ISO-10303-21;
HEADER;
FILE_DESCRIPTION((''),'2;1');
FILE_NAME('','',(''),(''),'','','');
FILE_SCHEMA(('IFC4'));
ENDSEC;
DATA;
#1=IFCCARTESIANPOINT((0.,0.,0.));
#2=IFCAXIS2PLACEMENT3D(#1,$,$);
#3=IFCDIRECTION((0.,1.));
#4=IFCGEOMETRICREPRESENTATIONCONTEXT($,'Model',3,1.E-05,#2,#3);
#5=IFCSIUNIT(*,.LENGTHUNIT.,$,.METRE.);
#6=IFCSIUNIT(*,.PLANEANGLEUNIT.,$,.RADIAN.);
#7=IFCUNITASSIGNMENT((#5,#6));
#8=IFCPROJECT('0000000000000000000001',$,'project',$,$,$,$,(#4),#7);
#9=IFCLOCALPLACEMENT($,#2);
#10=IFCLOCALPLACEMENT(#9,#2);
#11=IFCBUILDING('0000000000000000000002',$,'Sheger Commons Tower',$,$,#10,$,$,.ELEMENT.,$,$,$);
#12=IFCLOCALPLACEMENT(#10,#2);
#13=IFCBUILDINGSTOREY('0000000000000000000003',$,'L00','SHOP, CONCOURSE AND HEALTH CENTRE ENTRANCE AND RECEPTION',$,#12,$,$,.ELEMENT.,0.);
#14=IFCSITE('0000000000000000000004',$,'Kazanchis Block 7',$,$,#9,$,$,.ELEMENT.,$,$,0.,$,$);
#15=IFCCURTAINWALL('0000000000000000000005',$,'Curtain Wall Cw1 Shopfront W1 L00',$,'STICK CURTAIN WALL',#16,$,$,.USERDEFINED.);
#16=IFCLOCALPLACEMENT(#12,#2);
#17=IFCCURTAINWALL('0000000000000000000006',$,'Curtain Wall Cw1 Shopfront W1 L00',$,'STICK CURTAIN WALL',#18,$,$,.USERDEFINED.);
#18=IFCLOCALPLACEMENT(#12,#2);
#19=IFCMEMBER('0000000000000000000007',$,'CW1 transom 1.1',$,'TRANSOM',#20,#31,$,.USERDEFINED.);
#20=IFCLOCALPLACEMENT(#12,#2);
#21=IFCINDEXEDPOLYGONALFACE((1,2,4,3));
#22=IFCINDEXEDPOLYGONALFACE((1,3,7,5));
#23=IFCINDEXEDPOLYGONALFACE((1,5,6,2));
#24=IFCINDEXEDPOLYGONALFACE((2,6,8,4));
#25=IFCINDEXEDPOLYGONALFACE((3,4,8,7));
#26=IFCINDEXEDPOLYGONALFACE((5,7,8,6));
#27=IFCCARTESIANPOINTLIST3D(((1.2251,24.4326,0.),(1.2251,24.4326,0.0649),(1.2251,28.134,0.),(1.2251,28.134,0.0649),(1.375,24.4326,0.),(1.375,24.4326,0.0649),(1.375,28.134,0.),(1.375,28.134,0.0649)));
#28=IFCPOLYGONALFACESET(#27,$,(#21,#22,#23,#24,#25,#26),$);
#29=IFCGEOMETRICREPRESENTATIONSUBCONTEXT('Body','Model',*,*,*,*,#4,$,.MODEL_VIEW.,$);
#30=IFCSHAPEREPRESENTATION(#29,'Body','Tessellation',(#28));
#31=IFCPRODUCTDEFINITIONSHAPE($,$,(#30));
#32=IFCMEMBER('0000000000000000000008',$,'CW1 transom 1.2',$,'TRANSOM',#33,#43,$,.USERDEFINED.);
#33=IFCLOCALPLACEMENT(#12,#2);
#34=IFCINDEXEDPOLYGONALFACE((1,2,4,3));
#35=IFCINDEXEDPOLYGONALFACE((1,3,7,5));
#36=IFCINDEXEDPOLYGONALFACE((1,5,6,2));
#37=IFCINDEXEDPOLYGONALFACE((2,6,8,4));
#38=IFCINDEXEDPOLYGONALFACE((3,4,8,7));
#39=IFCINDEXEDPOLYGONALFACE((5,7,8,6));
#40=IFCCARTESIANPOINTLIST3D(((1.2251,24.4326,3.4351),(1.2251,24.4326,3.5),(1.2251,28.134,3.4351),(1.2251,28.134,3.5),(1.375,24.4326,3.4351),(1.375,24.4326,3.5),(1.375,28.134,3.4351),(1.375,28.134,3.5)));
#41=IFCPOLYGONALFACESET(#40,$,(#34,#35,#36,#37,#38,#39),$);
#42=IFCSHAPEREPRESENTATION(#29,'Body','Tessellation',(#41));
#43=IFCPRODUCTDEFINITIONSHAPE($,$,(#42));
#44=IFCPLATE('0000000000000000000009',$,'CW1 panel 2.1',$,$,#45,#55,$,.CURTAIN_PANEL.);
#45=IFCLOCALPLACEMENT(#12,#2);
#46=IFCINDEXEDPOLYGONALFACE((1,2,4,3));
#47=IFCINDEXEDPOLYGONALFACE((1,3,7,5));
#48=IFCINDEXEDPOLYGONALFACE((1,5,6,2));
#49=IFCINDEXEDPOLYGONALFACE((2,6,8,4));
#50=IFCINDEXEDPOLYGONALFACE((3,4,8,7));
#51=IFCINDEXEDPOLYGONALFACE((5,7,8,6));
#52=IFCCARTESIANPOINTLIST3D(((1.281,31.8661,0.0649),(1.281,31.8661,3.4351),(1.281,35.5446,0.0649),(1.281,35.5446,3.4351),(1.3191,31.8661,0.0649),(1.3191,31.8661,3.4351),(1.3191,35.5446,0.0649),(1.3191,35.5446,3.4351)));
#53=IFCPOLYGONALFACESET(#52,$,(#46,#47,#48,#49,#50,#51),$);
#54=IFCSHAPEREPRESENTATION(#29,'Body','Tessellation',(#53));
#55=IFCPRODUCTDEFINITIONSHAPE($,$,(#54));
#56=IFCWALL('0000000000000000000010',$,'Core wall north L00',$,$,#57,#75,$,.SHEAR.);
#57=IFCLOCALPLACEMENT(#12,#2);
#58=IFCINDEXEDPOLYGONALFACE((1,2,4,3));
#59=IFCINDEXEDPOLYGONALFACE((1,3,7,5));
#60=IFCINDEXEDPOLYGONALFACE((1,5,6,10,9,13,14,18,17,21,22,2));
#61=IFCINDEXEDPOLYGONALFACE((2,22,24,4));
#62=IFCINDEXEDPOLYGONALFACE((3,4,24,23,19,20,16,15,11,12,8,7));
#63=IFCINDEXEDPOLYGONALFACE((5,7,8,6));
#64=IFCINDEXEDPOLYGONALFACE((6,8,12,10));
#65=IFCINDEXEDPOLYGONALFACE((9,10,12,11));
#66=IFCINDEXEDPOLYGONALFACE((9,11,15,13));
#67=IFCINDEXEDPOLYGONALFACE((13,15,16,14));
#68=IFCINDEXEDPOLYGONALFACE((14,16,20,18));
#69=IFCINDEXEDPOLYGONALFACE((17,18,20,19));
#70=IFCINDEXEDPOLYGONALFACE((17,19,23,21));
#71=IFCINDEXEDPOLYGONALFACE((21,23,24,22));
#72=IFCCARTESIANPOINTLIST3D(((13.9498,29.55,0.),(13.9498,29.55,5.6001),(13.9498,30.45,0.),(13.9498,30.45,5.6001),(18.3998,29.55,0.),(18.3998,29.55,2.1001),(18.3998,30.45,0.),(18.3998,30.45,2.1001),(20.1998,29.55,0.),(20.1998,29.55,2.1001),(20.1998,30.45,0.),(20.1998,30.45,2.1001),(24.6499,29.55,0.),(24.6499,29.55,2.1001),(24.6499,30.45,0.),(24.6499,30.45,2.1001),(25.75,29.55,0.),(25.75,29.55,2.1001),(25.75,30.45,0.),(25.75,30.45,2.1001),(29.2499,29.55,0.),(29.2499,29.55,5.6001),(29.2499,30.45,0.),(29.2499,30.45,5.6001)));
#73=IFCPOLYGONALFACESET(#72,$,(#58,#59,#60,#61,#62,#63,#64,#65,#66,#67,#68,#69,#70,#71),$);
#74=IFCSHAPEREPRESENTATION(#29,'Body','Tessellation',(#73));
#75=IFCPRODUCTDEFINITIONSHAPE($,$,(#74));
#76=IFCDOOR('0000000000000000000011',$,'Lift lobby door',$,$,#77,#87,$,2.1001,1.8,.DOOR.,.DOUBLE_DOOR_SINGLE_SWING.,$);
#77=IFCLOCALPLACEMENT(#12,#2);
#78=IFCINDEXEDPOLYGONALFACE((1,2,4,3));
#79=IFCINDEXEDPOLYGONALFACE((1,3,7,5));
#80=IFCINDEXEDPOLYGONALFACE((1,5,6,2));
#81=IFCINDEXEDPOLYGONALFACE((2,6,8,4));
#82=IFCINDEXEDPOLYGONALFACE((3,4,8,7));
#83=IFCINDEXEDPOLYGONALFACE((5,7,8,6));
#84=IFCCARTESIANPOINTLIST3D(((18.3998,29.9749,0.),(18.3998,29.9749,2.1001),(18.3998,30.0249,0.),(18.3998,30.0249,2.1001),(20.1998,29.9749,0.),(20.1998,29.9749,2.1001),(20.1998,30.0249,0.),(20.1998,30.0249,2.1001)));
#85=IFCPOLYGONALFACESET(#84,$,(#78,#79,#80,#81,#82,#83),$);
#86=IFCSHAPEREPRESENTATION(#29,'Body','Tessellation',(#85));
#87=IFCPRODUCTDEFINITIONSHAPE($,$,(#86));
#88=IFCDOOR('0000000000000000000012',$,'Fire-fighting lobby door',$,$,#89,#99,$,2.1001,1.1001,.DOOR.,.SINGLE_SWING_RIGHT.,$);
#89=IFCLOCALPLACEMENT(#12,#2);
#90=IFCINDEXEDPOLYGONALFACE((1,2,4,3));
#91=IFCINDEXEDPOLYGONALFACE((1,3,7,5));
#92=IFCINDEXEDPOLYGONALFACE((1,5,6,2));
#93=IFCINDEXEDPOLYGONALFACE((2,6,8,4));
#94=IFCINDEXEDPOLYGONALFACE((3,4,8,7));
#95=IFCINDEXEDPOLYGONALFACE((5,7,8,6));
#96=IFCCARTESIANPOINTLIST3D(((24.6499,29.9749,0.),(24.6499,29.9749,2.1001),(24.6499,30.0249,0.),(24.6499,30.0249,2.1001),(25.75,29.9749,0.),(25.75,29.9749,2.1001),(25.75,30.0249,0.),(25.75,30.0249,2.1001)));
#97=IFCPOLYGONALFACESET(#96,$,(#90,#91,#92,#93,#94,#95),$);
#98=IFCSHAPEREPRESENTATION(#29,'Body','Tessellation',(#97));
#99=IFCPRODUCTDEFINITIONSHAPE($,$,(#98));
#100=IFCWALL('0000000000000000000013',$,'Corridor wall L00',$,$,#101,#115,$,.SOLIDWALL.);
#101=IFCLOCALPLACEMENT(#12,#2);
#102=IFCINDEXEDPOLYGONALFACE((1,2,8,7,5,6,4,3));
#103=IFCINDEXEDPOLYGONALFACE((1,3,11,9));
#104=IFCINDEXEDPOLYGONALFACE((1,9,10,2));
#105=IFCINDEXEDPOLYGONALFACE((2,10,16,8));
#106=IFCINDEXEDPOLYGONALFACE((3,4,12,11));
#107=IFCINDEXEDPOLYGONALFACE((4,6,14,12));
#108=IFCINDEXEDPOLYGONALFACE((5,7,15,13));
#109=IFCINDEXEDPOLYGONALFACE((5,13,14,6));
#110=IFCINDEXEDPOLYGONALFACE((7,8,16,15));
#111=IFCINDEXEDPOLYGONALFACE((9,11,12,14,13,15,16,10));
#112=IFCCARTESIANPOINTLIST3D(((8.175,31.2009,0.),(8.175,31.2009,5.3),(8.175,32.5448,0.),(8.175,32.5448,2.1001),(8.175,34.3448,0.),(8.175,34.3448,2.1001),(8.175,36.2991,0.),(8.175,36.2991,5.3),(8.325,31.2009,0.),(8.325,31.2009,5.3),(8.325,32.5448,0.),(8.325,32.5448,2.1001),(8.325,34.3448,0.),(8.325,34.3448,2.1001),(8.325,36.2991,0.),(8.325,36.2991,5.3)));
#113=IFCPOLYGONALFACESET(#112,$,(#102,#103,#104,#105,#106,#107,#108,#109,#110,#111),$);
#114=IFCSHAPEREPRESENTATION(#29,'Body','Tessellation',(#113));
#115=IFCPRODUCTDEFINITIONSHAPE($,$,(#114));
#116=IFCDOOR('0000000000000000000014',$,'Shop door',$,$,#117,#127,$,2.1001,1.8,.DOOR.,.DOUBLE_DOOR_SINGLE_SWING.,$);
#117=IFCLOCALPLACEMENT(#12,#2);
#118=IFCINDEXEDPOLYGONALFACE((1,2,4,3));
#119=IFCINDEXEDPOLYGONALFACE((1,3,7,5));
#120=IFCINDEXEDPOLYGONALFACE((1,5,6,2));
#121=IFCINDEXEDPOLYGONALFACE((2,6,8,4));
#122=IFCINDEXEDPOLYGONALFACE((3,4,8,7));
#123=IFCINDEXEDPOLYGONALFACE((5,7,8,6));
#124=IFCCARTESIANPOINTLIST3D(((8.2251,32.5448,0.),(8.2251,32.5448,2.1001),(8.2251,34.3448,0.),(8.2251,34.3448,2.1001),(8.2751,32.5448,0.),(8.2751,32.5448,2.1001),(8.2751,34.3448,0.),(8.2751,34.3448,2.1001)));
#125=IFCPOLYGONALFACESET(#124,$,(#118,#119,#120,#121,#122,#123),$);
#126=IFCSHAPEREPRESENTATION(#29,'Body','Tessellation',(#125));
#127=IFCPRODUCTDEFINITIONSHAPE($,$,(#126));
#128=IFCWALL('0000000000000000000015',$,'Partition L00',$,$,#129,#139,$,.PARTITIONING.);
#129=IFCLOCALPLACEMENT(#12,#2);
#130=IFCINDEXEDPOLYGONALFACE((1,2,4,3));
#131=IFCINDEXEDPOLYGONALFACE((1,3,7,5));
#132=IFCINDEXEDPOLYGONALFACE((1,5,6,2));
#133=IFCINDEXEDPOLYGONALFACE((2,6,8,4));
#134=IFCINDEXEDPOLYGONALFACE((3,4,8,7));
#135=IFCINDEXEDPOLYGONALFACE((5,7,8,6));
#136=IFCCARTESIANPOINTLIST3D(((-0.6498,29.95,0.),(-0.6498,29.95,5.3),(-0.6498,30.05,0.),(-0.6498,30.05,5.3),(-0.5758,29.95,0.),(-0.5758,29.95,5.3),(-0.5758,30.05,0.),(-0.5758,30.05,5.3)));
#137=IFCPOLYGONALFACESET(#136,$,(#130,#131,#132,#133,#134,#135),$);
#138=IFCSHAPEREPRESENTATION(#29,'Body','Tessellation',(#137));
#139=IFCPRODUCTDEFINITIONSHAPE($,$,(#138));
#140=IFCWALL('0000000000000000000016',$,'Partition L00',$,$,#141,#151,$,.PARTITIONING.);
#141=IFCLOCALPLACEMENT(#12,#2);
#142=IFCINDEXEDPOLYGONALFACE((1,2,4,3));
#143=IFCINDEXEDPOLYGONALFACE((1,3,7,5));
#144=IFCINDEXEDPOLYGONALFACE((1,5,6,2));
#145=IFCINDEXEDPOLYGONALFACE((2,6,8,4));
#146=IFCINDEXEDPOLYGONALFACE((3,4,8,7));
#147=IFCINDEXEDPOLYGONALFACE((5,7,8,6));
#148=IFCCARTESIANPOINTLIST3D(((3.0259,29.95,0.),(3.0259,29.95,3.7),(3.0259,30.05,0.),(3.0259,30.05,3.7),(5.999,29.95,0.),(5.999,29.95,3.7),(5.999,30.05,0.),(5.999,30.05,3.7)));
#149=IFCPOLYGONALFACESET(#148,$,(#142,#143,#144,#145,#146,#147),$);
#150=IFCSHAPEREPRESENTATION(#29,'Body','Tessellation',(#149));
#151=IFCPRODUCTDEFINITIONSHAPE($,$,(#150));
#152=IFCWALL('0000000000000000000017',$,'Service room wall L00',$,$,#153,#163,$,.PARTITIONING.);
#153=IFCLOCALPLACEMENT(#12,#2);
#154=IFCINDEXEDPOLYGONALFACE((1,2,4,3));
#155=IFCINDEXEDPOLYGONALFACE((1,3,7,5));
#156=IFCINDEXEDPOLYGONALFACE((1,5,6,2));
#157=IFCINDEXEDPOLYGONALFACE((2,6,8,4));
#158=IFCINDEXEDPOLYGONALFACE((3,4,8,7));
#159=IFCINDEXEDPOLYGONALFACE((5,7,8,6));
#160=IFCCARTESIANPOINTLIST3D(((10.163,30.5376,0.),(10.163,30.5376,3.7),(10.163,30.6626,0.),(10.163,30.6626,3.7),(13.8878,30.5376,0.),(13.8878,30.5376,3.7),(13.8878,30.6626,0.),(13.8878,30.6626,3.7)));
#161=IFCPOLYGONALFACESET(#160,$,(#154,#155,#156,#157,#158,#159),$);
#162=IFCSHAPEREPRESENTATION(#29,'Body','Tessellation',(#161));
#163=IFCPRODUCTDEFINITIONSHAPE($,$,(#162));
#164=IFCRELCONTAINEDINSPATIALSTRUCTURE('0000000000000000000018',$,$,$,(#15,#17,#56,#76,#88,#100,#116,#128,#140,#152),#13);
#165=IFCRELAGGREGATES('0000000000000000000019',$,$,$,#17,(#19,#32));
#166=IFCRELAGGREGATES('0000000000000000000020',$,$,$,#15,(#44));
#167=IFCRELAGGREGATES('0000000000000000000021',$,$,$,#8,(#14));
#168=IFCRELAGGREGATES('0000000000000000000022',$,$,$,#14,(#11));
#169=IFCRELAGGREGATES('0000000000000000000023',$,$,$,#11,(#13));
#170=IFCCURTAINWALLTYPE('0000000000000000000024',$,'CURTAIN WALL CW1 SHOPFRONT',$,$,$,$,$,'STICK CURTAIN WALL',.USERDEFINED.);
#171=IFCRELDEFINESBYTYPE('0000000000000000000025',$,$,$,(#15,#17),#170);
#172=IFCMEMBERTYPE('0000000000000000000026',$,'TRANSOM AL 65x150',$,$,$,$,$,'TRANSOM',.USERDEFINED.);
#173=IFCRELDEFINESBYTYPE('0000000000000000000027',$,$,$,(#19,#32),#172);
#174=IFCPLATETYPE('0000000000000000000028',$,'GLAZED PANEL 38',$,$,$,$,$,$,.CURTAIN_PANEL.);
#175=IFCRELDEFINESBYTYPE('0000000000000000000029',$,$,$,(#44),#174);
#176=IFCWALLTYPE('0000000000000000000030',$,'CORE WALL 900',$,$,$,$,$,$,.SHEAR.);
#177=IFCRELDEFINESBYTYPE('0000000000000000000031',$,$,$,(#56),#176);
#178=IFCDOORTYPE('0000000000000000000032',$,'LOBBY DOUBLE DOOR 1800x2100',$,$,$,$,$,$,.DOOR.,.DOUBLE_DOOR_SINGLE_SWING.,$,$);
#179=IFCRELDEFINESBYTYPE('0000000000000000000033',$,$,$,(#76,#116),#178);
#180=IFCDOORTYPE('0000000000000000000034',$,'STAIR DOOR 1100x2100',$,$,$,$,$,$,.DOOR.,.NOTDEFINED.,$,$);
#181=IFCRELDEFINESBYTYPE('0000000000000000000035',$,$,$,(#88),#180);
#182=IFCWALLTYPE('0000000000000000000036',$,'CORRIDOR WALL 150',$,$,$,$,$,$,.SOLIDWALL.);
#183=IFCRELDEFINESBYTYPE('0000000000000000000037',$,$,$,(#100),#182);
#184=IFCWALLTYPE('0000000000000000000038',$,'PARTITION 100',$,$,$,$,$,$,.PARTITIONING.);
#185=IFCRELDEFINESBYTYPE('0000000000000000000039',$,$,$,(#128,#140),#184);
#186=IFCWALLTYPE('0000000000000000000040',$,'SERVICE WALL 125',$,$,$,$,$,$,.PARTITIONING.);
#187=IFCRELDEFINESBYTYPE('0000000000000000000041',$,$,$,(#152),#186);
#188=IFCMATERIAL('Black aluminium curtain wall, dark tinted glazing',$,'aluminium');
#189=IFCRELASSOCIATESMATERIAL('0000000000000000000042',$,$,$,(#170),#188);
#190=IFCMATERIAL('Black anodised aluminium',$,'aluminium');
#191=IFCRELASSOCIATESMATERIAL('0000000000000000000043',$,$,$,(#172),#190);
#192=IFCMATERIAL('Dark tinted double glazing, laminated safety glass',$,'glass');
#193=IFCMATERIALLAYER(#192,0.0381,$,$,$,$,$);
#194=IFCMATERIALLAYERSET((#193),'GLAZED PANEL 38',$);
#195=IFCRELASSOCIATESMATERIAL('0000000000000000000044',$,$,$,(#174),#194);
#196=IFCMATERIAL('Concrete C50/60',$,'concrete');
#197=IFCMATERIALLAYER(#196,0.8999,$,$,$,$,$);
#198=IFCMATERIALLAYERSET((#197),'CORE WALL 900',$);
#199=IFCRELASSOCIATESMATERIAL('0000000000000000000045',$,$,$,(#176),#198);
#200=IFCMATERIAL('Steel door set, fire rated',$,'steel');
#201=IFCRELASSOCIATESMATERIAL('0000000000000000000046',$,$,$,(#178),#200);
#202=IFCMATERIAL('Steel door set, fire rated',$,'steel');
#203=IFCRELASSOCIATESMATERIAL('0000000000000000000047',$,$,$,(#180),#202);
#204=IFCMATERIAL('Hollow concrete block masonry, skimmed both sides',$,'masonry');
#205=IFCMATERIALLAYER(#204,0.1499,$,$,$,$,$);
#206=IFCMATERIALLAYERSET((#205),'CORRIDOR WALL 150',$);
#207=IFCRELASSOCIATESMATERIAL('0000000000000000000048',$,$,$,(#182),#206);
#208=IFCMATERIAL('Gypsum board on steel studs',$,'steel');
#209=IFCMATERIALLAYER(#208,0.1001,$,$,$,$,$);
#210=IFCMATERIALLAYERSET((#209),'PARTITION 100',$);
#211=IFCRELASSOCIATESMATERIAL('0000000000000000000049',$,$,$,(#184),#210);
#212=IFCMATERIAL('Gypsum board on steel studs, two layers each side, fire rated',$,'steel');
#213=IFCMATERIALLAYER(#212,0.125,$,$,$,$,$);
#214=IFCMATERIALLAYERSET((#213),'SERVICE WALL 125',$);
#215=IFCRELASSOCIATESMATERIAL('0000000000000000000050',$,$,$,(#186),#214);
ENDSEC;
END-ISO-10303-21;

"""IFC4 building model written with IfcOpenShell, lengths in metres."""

from ifc_helpers import new_model, si_unit, direction, frame, frame_2d, origin, origin_2d, place, context, subcontext, project, spatial, rectangle, extrude, material, layer, layer_set, material_profile, profile_set, type_object, element, fill, aggregate, save


model = new_model("IFC4")

# Units and contexts
model_context = context("Model", 3, precision=1e-05, world=origin(), true_north=direction((0.0, 1.0)))
body_context = subcontext(model_context, "Body", "Model", "MODEL_VIEW")
ifc_project = project(units=[si_unit("LENGTHUNIT", "METRE"), si_unit("PLANEANGLEUNIT", "RADIAN")], contexts=[model_context])

# Site, building, storey
site_placement = place(None, origin())
site = spatial("IfcSite", under=ifc_project, at=site_placement, Name="Kazanchis Block 7", CompositionType="ELEMENT", RefElevation=0.0)
building_placement = place(site_placement, origin())
building = spatial("IfcBuilding", under=site, at=building_placement, Name="Sheger Commons Tower", CompositionType="ELEMENT")
storey_placement = place(building_placement, origin())
storey = spatial("IfcBuildingStorey", under=building, at=storey_placement, Name="L00", Description="SHOP, CONCOURSE AND HEALTH CENTRE ENTRANCE AND RECEPTION", CompositionType="ELEMENT", Elevation=0.0)

# Curtain walls
ifc_material_1 = material(Name="Black aluminium curtain wall, dark tinted glazing", Category="aluminium")
curtain_wall_type = type_object("IfcCurtainWallType", Name="CURTAIN WALL CW1 SHOPFRONT", ElementType="STICK CURTAIN WALL", PredefinedType="USERDEFINED", material=ifc_material_1)
curtain_wall_1_placement = place(storey_placement, origin())
curtain_wall_1 = element("IfcCurtainWall", 1, at=curtain_wall_1_placement, inside=storey, type_object=curtain_wall_type, Name="Curtain Wall Cw1 Shopfront W1 L00", ObjectType="STICK CURTAIN WALL", PredefinedType="USERDEFINED")
curtain_wall_2_placement = place(storey_placement, origin())
curtain_wall_2 = element("IfcCurtainWall", 2, at=curtain_wall_2_placement, inside=storey, type_object=curtain_wall_type, Name="Curtain Wall Cw1 Shopfront W1 L00", ObjectType="STICK CURTAIN WALL", PredefinedType="USERDEFINED")

# Members
ifc_material_2 = material(Name="Black anodised aluminium", Category="aluminium")
ifc_material_profile_1 = material_profile(ifc_material_2, rectangle(XDim=0.1499, YDim=0.0649, at=origin_2d()), Name="AL 65x150")
ifc_profile_set_1 = profile_set([ifc_material_profile_1], Name="Black anodised aluminium")
member_type_1 = type_object("IfcMemberType", Name="TRANSOM AL 65x150", ElementType="TRANSOM", PredefinedType="USERDEFINED", material=ifc_profile_set_1)
member_1_placement = place(storey_placement, frame((1.3, 28.134, 0.0325), z_axis=(0.0, -1.0, 0.0), x_axis=(1.0, 0.0, 0.0)))
member_1 = element("IfcMember", 3, at=member_1_placement, type_object=member_type_1, Name="CW1 transom 1.1", ObjectType="TRANSOM", PredefinedType="USERDEFINED", context=body_context, shape_type="SweptSolid", body=[
    extrude(rectangle(XDim=0.1499, YDim=0.0649, at=origin_2d()), origin(), (0.0, 0.0, 1.0), 3.7014),
])
member_2_placement = place(storey_placement, frame((1.3, 28.134, 3.4675), z_axis=(0.0, -1.0, 0.0), x_axis=(1.0, 0.0, 0.0)))
member_2 = element("IfcMember", 4, at=member_2_placement, type_object=member_type_1, Name="CW1 transom 1.2", ObjectType="TRANSOM", PredefinedType="USERDEFINED", context=body_context, shape_type="SweptSolid", body=[
    extrude(rectangle(XDim=0.1499, YDim=0.0649, at=origin_2d()), origin(), (0.0, 0.0, 1.0), 3.7014),
])
aggregate(curtain_wall_2, [member_1, member_2])

# Plate
ifc_material_3 = material(Name="Dark tinted double glazing, laminated safety glass", Category="glass")
ifc_layer_1 = layer(ifc_material_3, 0.0381)
ifc_layer_set_1 = layer_set([ifc_layer_1], Name="GLAZED PANEL 38")
plate_type = type_object("IfcPlateType", Name="GLAZED PANEL 38", PredefinedType="CURTAIN_PANEL", material=ifc_layer_set_1)
plate_placement = place(storey_placement, frame((1.3, 33.7053, 0.0649), z_axis=(0.0, 0.0, 1.0), x_axis=(0.0, -1.0, 0.0)))
plate = element("IfcPlate", 5, at=plate_placement, type_object=plate_type, Name="CW1 panel 2.1", PredefinedType="CURTAIN_PANEL", context=body_context, shape_type="SweptSolid", body=[
    extrude(rectangle(XDim=3.6785, YDim=0.0381, at=origin_2d()), origin(), (0.0, 0.0, 1.0), 3.3701),
])
aggregate(curtain_wall_1, [plate])

# Wall, openings, doors
ifc_material_4 = material(Name="Concrete C50/60", Category="concrete")
ifc_layer_2 = layer(ifc_material_4, 0.8999)
ifc_layer_set_2 = layer_set([ifc_layer_2], Name="CORE WALL 900")
wall_type_1 = type_object("IfcWallType", Name="CORE WALL 900", PredefinedType="SHEAR", material=ifc_layer_set_2)
wall_1_placement = place(storey_placement, frame((13.95, 30.0, 0.0), z_axis=(0.0, 0.0, 1.0), x_axis=(1.0, 0.0, 0.0)))
wall_1 = element("IfcWall", 6, at=wall_1_placement, inside=storey, type_object=wall_type_1, Name="Core wall north L00", PredefinedType="SHEAR", context=body_context, shape_type="SweptSolid", body=[
    extrude(rectangle(XDim=15.3, YDim=0.8999, at=frame_2d((7.6499, 0.0))), origin(), (0.0, 0.0, 1.0), 5.6001),
])
opening_1_placement = place(wall_1_placement, frame((4.45, 0.0, 0.0)))
opening_1 = element("IfcOpeningElement", 7, at=opening_1_placement, cuts=wall_1, PredefinedType="OPENING", context=body_context, shape_type="SweptSolid", body=[
    extrude(rectangle(XDim=1.8, YDim=2.1001, at=frame_2d((0.8999, 1.05))), frame((0.0, 0.46, 0.0), z_axis=(0.0, -1.0, 0.0), x_axis=(1.0, 0.0, 0.0)), (0.0, 0.0, 1.0), 0.9199),
])
opening_2_placement = place(wall_1_placement, frame((10.7, 0.0, 0.0)))
opening_2 = element("IfcOpeningElement", 8, at=opening_2_placement, cuts=wall_1, PredefinedType="OPENING", context=body_context, shape_type="SweptSolid", body=[
    extrude(rectangle(XDim=1.1001, YDim=2.1001, at=frame_2d((0.55, 1.05))), frame((0.0, 0.46, 0.0), z_axis=(0.0, -1.0, 0.0), x_axis=(1.0, 0.0, 0.0)), (0.0, 0.0, 1.0), 0.9199),
])
ifc_material_5 = material(Name="Steel door set, fire rated", Category="steel")
door_type_1 = type_object("IfcDoorType", Name="LOBBY DOUBLE DOOR 1800x2100", OperationType="DOUBLE_DOOR_SINGLE_SWING", PredefinedType="DOOR", material=ifc_material_5)
door_1_placement = place(opening_1_placement, origin())
door_1 = element("IfcDoor", 9, at=door_1_placement, inside=storey, type_object=door_type_1, Name="Lift lobby door", OperationType="DOUBLE_DOOR_SINGLE_SWING", OverallHeight=2.1001, OverallWidth=1.8, PredefinedType="DOOR", context=body_context, shape_type="SweptSolid", body=[
    extrude(rectangle(XDim=1.8, YDim=2.1001, at=frame_2d((0.8999, 1.05))), frame((0.0, 0.0249, 0.0), z_axis=(0.0, -1.0, 0.0), x_axis=(1.0, 0.0, 0.0)), (0.0, 0.0, 1.0), 0.05),
])
fill(opening_1, door_1)
ifc_material_6 = material(Name="Steel door set, fire rated", Category="steel")
door_type_2 = type_object("IfcDoorType", Name="STAIR DOOR 1100x2100", OperationType="NOTDEFINED", PredefinedType="DOOR", material=ifc_material_6)
door_2_placement = place(opening_2_placement, origin())
door_2 = element("IfcDoor", 10, at=door_2_placement, inside=storey, type_object=door_type_2, Name="Fire-fighting lobby door", OperationType="SINGLE_SWING_RIGHT", OverallHeight=2.1001, OverallWidth=1.1001, PredefinedType="DOOR", context=body_context, shape_type="SweptSolid", body=[
    extrude(rectangle(XDim=1.1001, YDim=2.1001, at=frame_2d((0.55, 1.05))), frame((0.0, 0.0249, 0.0), z_axis=(0.0, -1.0, 0.0), x_axis=(1.0, 0.0, 0.0)), (0.0, 0.0, 1.0), 0.05),
])
fill(opening_2, door_2)

# Wall, opening, door
ifc_material_7 = material(Name="Hollow concrete block masonry, skimmed both sides", Category="masonry")
ifc_layer_3 = layer(ifc_material_7, 0.1499)
ifc_layer_set_3 = layer_set([ifc_layer_3], Name="CORRIDOR WALL 150")
wall_type_2 = type_object("IfcWallType", Name="CORRIDOR WALL 150", PredefinedType="SOLIDWALL", material=ifc_layer_set_3)
wall_2_placement = place(storey_placement, frame((8.25, 31.2009, 0.0), z_axis=(0.0, 0.0, 1.0), x_axis=(0.0, 1.0, 0.0)))
wall_2 = element("IfcWall", 11, at=wall_2_placement, inside=storey, type_object=wall_type_2, Name="Corridor wall L00", PredefinedType="SOLIDWALL", context=body_context, shape_type="SweptSolid", body=[
    extrude(rectangle(XDim=5.0981, YDim=0.1499, at=frame_2d((2.5491, 0.0))), origin(), (0.0, 0.0, 1.0), 5.3),
])
opening_3_placement = place(wall_2_placement, frame((1.344, 0.0, 0.0)))
opening_3 = element("IfcOpeningElement", 12, at=opening_3_placement, cuts=wall_2, PredefinedType="OPENING", context=body_context, shape_type="SweptSolid", body=[
    extrude(rectangle(XDim=1.8, YDim=2.1001, at=frame_2d((0.8999, 1.05))), frame((0.0, 0.085, 0.0), z_axis=(0.0, -1.0, 0.0), x_axis=(1.0, 0.0, 0.0)), (0.0, 0.0, 1.0), 0.1699),
])
door_3_placement = place(opening_3_placement, origin())
door_3 = element("IfcDoor", 13, at=door_3_placement, inside=storey, type_object=door_type_1, Name="Shop door", OperationType="DOUBLE_DOOR_SINGLE_SWING", OverallHeight=2.1001, OverallWidth=1.8, PredefinedType="DOOR", context=body_context, shape_type="SweptSolid", body=[
    extrude(rectangle(XDim=1.8, YDim=2.1001, at=frame_2d((0.8999, 1.05))), frame((0.0, 0.0249, 0.0), z_axis=(0.0, -1.0, 0.0), x_axis=(1.0, 0.0, 0.0)), (0.0, 0.0, 1.0), 0.05),
])
fill(opening_3, door_3)

# Walls
ifc_material_8 = material(Name="Gypsum board on steel studs", Category="steel")
ifc_layer_4 = layer(ifc_material_8, 0.1001)
ifc_layer_set_4 = layer_set([ifc_layer_4], Name="PARTITION 100")
wall_type_3 = type_object("IfcWallType", Name="PARTITION 100", PredefinedType="PARTITIONING", material=ifc_layer_set_4)
wall_3_placement = place(storey_placement, frame((-0.6499, 30.0, 0.0), z_axis=(0.0, 0.0, 1.0), x_axis=(1.0, 0.0, 0.0)))
element("IfcWall", 14, at=wall_3_placement, inside=storey, type_object=wall_type_3, Name="Partition L00", PredefinedType="PARTITIONING", context=body_context, shape_type="SweptSolid", body=[
    extrude(rectangle(XDim=0.074, YDim=0.1001, at=frame_2d((0.0371, 0.0))), origin(), (0.0, 0.0, 1.0), 5.3),
])
wall_4_placement = place(storey_placement, frame((3.0259, 30.0, 0.0), z_axis=(0.0, 0.0, 1.0), x_axis=(1.0, 0.0, 0.0)))
element("IfcWall", 15, at=wall_4_placement, inside=storey, type_object=wall_type_3, Name="Partition L00", PredefinedType="PARTITIONING", context=body_context, shape_type="SweptSolid", body=[
    extrude(rectangle(XDim=2.9731, YDim=0.1001, at=frame_2d((1.4866, 0.0))), origin(), (0.0, 0.0, 1.0), 3.7),
])
ifc_material_9 = material(Name="Gypsum board on steel studs, two layers each side, fire rated", Category="steel")
ifc_layer_5 = layer(ifc_material_9, 0.125)
ifc_layer_set_5 = layer_set([ifc_layer_5], Name="SERVICE WALL 125")
wall_type_4 = type_object("IfcWallType", Name="SERVICE WALL 125", PredefinedType="PARTITIONING", material=ifc_layer_set_5)
wall_5_placement = place(storey_placement, frame((10.1631, 30.6001, 0.0), z_axis=(0.0, 0.0, 1.0), x_axis=(1.0, 0.0, 0.0)))
element("IfcWall", 16, at=wall_5_placement, inside=storey, type_object=wall_type_4, Name="Service room wall L00", PredefinedType="PARTITIONING", context=body_context, shape_type="SweptSolid", body=[
    extrude(rectangle(XDim=3.7249, YDim=0.125, at=frame_2d((1.8623, 0.0))), origin(), (0.0, 0.0, 1.0), 3.7),
])

save(model, "model.ifc")
